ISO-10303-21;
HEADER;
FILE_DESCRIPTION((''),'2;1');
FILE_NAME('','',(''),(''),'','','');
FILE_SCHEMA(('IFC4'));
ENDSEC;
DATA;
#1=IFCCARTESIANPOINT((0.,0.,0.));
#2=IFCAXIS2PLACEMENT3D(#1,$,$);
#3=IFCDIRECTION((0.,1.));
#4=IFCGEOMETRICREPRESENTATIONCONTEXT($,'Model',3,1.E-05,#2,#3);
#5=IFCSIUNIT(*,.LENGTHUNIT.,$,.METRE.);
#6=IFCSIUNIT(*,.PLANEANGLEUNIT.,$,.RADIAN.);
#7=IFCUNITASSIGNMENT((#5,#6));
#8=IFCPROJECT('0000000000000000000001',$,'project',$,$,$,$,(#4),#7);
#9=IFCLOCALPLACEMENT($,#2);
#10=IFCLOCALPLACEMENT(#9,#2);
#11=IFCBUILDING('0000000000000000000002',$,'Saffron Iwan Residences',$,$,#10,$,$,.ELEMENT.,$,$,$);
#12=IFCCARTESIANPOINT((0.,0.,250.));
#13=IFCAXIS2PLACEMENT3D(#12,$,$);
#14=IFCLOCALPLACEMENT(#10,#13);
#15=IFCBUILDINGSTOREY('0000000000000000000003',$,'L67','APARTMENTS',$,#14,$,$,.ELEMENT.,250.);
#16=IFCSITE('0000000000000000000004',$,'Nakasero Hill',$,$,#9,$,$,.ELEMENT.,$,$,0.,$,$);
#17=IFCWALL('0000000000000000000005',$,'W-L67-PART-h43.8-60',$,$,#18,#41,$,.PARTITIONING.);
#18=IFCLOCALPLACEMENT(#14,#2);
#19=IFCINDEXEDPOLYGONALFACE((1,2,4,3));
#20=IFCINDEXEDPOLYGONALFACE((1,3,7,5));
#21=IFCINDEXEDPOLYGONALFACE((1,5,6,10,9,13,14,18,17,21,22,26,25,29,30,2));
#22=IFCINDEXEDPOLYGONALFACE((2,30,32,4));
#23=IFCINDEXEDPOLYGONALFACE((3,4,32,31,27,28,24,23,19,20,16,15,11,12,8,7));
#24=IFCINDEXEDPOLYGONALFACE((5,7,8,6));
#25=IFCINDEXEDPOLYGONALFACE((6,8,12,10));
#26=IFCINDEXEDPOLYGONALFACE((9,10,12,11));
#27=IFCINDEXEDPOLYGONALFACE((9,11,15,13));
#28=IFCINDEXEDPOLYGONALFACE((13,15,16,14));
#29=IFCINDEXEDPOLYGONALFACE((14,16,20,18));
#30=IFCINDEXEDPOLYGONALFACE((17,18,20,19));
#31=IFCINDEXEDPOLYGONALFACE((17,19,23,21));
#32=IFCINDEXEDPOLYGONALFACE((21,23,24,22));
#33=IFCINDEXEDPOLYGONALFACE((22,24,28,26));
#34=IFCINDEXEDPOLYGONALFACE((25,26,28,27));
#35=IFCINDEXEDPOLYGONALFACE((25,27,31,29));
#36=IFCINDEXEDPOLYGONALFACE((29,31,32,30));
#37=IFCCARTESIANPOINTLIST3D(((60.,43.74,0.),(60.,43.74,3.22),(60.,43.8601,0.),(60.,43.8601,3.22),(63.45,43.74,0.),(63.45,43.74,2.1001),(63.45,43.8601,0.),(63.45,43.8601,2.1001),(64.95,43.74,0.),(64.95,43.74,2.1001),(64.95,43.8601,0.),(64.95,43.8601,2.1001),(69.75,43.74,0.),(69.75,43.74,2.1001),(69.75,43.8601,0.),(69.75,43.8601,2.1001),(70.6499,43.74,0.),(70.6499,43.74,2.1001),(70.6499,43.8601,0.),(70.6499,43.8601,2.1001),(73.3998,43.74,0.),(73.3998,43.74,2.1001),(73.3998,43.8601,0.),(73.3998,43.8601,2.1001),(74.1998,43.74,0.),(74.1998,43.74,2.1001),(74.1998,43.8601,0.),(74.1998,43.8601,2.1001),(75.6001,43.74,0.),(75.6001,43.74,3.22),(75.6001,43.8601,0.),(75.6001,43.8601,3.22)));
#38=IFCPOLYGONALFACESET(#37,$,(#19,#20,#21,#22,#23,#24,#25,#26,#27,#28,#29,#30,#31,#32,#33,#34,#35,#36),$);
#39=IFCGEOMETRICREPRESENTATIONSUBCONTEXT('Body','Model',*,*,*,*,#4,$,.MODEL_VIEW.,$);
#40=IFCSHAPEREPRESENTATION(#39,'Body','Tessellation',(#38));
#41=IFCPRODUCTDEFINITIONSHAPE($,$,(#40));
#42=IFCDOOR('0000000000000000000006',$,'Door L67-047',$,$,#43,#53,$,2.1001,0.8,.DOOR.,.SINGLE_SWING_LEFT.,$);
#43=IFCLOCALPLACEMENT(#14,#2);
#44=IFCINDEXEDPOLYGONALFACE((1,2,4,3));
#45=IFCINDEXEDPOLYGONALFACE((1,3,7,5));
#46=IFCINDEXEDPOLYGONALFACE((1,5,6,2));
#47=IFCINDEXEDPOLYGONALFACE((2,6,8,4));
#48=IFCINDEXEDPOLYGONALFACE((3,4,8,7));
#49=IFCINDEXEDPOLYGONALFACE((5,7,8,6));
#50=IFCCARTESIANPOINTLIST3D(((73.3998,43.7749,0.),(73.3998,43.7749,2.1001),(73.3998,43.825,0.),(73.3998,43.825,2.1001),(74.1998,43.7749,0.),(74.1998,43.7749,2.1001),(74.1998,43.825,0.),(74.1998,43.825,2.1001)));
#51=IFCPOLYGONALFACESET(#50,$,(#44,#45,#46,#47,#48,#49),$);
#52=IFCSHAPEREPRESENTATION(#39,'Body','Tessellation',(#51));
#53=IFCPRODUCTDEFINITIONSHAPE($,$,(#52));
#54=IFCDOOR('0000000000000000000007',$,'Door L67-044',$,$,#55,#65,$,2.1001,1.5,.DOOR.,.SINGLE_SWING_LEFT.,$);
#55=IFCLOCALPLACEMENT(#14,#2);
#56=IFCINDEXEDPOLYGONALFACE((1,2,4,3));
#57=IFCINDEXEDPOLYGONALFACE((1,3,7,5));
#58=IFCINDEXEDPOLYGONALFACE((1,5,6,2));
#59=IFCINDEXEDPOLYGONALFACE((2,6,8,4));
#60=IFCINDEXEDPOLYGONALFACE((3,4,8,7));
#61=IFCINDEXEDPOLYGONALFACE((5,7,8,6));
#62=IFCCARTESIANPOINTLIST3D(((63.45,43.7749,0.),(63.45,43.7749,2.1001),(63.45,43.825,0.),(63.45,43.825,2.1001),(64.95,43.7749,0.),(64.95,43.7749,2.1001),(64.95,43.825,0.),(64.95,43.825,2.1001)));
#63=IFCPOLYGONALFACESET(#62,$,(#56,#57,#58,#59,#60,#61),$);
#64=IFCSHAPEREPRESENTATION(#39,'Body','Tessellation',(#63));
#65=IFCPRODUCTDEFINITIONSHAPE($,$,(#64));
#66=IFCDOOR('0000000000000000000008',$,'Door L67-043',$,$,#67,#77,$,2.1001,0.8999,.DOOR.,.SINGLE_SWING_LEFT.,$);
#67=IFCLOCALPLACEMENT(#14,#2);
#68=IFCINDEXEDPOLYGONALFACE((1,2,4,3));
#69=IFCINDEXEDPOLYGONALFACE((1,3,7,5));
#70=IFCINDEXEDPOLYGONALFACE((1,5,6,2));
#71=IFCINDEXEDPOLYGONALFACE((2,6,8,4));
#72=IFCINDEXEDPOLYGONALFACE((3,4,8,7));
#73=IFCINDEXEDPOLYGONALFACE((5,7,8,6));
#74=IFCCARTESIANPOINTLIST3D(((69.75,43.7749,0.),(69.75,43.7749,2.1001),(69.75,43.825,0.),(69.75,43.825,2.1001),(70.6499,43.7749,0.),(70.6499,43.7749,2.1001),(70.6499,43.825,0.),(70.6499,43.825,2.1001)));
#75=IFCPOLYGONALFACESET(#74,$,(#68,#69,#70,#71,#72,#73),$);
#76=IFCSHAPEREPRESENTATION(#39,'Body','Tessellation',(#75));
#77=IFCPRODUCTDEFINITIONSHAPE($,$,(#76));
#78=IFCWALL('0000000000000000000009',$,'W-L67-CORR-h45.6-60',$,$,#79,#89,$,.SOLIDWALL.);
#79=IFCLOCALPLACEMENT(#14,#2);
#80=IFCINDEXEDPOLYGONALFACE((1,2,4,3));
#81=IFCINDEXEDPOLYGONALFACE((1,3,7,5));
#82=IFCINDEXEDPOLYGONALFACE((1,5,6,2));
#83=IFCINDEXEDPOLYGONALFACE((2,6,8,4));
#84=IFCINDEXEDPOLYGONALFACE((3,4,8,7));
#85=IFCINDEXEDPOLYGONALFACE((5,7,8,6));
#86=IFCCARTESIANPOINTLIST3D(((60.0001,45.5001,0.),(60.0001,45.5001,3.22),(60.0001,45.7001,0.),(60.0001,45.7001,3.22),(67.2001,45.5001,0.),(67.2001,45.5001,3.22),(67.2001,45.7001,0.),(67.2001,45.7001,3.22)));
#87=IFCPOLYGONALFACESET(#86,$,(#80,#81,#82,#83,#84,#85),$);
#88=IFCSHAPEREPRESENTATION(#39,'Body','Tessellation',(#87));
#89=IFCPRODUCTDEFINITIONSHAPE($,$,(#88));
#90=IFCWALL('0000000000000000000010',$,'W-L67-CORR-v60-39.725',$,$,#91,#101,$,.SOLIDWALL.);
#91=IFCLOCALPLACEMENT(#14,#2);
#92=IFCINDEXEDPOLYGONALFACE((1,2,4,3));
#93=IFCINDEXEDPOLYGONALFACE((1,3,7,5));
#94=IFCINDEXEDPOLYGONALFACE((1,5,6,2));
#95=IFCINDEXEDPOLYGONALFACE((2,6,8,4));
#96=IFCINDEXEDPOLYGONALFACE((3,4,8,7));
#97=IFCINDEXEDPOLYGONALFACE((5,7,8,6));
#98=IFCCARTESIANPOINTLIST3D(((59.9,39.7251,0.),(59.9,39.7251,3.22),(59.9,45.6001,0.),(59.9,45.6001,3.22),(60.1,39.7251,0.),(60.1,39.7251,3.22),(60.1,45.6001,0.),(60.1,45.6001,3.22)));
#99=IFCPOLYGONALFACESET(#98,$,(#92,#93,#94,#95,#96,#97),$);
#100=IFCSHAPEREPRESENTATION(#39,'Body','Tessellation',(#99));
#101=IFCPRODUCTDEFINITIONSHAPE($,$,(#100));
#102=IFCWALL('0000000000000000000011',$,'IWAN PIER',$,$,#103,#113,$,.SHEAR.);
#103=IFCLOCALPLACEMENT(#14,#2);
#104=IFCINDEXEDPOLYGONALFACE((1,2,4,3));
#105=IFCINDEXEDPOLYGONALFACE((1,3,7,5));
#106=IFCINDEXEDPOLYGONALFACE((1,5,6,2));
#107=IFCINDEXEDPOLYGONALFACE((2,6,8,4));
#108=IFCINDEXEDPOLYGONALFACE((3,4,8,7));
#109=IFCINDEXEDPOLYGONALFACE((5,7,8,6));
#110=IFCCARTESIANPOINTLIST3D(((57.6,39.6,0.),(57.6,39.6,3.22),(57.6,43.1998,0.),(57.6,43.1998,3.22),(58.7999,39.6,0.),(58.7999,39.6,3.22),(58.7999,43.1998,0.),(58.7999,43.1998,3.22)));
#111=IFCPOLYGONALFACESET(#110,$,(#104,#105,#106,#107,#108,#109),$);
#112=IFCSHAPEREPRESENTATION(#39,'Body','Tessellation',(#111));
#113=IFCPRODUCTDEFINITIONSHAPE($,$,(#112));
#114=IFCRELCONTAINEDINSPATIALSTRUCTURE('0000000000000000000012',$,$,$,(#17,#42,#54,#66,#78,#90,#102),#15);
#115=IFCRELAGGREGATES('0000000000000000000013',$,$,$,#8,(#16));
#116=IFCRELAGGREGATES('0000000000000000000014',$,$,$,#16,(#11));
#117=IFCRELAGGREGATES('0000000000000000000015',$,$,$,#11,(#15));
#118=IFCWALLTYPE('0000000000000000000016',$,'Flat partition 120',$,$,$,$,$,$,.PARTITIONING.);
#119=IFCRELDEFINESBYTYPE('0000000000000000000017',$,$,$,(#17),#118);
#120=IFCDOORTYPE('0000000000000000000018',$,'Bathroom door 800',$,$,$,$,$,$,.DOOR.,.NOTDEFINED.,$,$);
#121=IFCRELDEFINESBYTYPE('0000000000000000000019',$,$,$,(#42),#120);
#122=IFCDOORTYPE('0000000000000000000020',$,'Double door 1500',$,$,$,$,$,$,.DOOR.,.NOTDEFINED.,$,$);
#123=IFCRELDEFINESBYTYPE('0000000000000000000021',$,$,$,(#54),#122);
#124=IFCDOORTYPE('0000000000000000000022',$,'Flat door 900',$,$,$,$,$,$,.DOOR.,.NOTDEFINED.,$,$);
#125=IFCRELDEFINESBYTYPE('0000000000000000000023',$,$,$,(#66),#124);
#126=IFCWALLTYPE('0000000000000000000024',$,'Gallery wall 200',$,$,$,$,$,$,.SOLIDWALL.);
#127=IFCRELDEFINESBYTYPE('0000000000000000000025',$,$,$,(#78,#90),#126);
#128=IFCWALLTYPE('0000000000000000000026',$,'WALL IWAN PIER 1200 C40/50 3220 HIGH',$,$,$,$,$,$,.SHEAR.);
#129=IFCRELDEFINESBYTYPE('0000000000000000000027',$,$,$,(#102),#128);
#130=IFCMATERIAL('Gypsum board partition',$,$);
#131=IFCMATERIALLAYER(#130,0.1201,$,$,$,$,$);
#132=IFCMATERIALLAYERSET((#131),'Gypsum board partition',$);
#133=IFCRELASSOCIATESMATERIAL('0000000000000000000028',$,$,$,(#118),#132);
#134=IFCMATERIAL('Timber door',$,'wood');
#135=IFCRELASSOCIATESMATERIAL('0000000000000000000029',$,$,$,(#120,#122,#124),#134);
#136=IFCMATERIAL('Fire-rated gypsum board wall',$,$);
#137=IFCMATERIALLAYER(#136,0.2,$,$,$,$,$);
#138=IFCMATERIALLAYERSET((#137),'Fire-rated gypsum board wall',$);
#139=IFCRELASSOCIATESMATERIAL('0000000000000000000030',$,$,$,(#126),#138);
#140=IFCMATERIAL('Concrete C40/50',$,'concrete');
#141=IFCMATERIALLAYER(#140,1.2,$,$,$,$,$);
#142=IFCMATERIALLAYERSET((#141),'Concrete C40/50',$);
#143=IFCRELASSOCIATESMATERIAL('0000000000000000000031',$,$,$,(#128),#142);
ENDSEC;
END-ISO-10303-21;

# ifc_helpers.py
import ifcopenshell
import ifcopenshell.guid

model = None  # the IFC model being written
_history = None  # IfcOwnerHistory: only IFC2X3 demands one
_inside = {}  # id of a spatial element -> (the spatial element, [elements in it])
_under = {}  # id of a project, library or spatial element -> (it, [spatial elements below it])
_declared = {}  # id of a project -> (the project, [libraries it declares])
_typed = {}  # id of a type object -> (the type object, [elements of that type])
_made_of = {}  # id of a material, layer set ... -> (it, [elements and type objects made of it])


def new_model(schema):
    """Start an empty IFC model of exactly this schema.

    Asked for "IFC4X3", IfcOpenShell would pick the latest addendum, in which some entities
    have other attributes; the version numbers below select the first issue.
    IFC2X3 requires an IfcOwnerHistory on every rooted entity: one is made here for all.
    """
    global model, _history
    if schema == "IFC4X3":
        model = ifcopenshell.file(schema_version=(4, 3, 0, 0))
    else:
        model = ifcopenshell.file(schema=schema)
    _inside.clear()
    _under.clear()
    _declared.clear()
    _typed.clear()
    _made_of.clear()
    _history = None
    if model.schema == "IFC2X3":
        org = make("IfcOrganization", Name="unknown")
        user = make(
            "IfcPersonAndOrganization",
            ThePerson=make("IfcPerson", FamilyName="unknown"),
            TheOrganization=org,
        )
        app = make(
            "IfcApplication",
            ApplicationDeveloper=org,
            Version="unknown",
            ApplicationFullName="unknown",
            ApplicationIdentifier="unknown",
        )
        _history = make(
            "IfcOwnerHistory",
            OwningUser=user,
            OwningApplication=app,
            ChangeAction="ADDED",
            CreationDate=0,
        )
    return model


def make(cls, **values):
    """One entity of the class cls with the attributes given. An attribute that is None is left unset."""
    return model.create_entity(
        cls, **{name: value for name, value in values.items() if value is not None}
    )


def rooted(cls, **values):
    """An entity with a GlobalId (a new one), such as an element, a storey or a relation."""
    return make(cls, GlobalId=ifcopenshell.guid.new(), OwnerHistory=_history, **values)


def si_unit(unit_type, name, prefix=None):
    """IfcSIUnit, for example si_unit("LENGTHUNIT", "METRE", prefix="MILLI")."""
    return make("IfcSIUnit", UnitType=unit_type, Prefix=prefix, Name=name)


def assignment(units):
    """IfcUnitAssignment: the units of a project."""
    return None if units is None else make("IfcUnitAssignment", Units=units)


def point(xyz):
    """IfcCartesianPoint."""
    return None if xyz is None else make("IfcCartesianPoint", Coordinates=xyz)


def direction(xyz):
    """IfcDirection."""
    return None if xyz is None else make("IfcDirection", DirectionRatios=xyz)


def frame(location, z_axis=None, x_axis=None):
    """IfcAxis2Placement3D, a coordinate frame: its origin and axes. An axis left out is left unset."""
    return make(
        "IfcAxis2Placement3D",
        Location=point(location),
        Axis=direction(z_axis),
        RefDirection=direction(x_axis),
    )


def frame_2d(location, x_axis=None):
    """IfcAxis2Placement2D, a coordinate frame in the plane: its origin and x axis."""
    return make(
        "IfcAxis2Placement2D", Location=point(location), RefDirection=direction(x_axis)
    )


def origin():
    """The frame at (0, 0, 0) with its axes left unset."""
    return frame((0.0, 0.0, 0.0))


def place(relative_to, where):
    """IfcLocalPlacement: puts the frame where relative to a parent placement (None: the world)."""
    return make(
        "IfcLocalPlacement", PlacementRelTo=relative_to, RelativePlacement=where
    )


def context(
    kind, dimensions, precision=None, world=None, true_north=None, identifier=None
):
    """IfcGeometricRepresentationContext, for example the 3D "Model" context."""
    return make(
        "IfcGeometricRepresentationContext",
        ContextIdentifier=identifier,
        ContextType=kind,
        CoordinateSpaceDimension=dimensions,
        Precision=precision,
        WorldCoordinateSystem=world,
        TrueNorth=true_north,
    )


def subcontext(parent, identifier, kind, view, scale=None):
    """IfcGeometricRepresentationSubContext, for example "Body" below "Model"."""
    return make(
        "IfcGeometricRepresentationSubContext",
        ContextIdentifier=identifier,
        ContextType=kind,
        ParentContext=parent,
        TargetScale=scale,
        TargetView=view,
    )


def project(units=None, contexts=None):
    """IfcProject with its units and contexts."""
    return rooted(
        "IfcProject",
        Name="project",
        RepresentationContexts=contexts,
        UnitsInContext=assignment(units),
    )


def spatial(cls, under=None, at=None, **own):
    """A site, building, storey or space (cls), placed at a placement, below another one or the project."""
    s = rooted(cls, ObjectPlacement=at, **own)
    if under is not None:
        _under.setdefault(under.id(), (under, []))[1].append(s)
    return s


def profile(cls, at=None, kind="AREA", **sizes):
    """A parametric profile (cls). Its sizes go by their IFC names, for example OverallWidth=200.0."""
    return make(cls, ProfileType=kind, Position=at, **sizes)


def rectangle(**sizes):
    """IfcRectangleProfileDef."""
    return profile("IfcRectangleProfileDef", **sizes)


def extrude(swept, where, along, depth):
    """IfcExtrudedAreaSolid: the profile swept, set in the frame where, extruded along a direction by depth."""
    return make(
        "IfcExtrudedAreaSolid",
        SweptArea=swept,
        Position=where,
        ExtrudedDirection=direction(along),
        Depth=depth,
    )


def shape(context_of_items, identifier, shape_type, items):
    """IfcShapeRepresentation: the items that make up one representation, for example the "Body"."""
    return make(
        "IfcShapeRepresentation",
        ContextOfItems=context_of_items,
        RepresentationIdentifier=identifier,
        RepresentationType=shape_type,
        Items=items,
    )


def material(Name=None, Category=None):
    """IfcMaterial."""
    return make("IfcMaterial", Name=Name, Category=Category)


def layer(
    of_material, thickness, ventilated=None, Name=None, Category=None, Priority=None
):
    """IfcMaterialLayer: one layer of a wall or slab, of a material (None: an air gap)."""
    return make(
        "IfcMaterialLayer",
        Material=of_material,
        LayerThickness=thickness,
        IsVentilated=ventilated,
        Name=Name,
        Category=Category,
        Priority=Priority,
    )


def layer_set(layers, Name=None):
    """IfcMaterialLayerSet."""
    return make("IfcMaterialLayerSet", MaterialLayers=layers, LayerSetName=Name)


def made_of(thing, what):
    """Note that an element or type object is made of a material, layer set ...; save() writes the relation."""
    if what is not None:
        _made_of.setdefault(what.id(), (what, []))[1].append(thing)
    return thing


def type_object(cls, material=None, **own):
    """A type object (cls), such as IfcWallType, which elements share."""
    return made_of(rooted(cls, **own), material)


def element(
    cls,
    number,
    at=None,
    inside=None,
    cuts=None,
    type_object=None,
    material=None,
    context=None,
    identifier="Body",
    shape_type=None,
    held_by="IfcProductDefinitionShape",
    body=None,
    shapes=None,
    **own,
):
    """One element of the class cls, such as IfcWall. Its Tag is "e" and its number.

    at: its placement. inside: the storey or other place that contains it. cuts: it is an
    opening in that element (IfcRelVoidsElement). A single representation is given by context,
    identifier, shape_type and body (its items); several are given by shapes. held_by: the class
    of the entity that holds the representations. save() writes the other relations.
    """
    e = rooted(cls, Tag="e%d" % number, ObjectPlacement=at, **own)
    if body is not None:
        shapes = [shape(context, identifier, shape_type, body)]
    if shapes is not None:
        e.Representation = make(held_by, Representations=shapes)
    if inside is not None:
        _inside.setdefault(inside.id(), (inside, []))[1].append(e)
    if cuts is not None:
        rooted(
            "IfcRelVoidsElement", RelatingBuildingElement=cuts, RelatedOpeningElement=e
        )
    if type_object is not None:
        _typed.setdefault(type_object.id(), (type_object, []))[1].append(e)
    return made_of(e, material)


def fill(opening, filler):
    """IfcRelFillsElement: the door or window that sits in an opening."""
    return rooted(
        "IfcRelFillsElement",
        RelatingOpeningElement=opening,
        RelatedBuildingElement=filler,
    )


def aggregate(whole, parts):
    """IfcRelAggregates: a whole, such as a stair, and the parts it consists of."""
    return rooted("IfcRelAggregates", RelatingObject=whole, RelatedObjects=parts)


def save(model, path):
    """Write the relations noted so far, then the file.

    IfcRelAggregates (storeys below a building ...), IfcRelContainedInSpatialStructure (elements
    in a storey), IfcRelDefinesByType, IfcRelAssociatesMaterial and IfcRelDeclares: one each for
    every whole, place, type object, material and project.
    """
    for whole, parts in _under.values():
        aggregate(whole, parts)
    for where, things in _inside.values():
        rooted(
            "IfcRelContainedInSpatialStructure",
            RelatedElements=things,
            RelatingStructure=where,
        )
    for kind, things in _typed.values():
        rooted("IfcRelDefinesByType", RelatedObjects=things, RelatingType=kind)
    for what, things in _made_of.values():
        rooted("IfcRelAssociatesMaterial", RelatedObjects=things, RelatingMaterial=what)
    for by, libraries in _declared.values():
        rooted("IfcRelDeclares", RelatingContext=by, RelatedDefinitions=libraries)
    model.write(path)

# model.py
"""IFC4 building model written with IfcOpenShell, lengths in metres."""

from ifc_helpers import new_model, si_unit, direction, frame, frame_2d, origin, place, context, subcontext, project, spatial, rectangle, extrude, material, layer, layer_set, type_object, element, fill, save


model = new_model("IFC4")

# Units and contexts
model_context = context("Model", 3, precision=1e-05, world=origin(), true_north=direction((0.0, 1.0)))
body_context = subcontext(model_context, "Body", "Model", "MODEL_VIEW")
ifc_project = project(units=[si_unit("LENGTHUNIT", "METRE"), si_unit("PLANEANGLEUNIT", "RADIAN")], contexts=[model_context])

# Site, building, storey
site_placement = place(None, origin())
site = spatial("IfcSite", under=ifc_project, at=site_placement, Name="Nakasero Hill", CompositionType="ELEMENT", RefElevation=0.0)
building_placement = place(site_placement, origin())
building = spatial("IfcBuilding", under=site, at=building_placement, Name="Saffron Iwan Residences", CompositionType="ELEMENT")
storey_placement = place(building_placement, frame((0.0, 0.0, 250.0)))
storey = spatial("IfcBuildingStorey", under=building, at=storey_placement, Name="L67", Description="APARTMENTS", CompositionType="ELEMENT", Elevation=250.0)

# Shared definitions
ifc_material_1 = material(Name="Concrete C40/50", Category="concrete")

# Wall, openings, doors
ifc_material_2 = material(Name="Gypsum board partition")
ifc_layer_1 = layer(ifc_material_2, 0.1201)
ifc_layer_set_1 = layer_set([ifc_layer_1], Name="Gypsum board partition")
wall_type_1 = type_object("IfcWallType", Name="Flat partition 120", PredefinedType="PARTITIONING", material=ifc_layer_set_1)
wall_1_placement = place(storey_placement, frame((60.0, 43.8, 0.0), z_axis=(0.0, 0.0, 1.0), x_axis=(1.0, 0.0, 0.0)))
wall_1 = element("IfcWall", 1, at=wall_1_placement, inside=storey, type_object=wall_type_1, Name="W-L67-PART-h43.8-60", PredefinedType="PARTITIONING", context=body_context, shape_type="SweptSolid", body=[
    extrude(rectangle(XDim=15.6001, YDim=0.1201, at=frame_2d((7.8, 0.0))), origin(), (0.0, 0.0, 1.0), 3.22),
])
opening_1_placement = place(wall_1_placement, frame((9.75, 0.0, 0.0)))
opening_1 = element("IfcOpeningElement", 2, at=opening_1_placement, cuts=wall_1, PredefinedType="OPENING", context=body_context, shape_type="SweptSolid", body=[
    extrude(rectangle(XDim=0.8999, YDim=2.1001, at=frame_2d((0.45, 1.05))), frame((0.0, 0.0701, 0.0), z_axis=(0.0, -1.0, 0.0), x_axis=(1.0, 0.0, 0.0)), (0.0, 0.0, 1.0), 0.1401),
])
opening_2_placement = place(wall_1_placement, frame((3.45, 0.0, 0.0)))
opening_2 = element("IfcOpeningElement", 3, at=opening_2_placement, cuts=wall_1, PredefinedType="OPENING", context=body_context, shape_type="SweptSolid", body=[
    extrude(rectangle(XDim=1.5, YDim=2.1001, at=frame_2d((0.75, 1.05))), frame((0.0, 0.0701, 0.0), z_axis=(0.0, -1.0, 0.0), x_axis=(1.0, 0.0, 0.0)), (0.0, 0.0, 1.0), 0.1401),
])
opening_3_placement = place(wall_1_placement, frame((13.3999, 0.0, 0.0)))
opening_3 = element("IfcOpeningElement", 4, at=opening_3_placement, cuts=wall_1, PredefinedType="OPENING", context=body_context, shape_type="SweptSolid", body=[
    extrude(rectangle(XDim=0.8, YDim=2.1001, at=frame_2d((0.3999, 1.05))), frame((0.0, 0.0701, 0.0), z_axis=(0.0, -1.0, 0.0), x_axis=(1.0, 0.0, 0.0)), (0.0, 0.0, 1.0), 0.1401),
])
ifc_material_3 = material(Name="Timber door", Category="wood")
door_type_1 = type_object("IfcDoorType", Name="Bathroom door 800", OperationType="NOTDEFINED", PredefinedType="DOOR", material=ifc_material_3)
door_1_placement = place(opening_3_placement, origin())
door_1 = element("IfcDoor", 5, at=door_1_placement, inside=storey, type_object=door_type_1, Name="Door L67-047", OperationType="SINGLE_SWING_LEFT", OverallHeight=2.1001, OverallWidth=0.8, PredefinedType="DOOR", context=body_context, shape_type="SweptSolid", body=[
    extrude(rectangle(XDim=0.8, YDim=2.1001, at=frame_2d((0.3999, 1.05))), frame((0.0, 0.0249, 0.0), z_axis=(0.0, -1.0, 0.0), x_axis=(1.0, 0.0, 0.0)), (0.0, 0.0, 1.0), 0.05),
])
fill(opening_3, door_1)
door_type_2 = type_object("IfcDoorType", Name="Double door 1500", OperationType="NOTDEFINED", PredefinedType="DOOR", material=ifc_material_3)
door_2_placement = place(opening_2_placement, origin())
door_2 = element("IfcDoor", 6, at=door_2_placement, inside=storey, type_object=door_type_2, Name="Door L67-044", OperationType="SINGLE_SWING_LEFT", OverallHeight=2.1001, OverallWidth=1.5, PredefinedType="DOOR", context=body_context, shape_type="SweptSolid", body=[
    extrude(rectangle(XDim=1.5, YDim=2.1001, at=frame_2d((0.75, 1.05))), frame((0.0, 0.0249, 0.0), z_axis=(0.0, -1.0, 0.0), x_axis=(1.0, 0.0, 0.0)), (0.0, 0.0, 1.0), 0.05),
])
fill(opening_2, door_2)
door_type_3 = type_object("IfcDoorType", Name="Flat door 900", OperationType="NOTDEFINED", PredefinedType="DOOR", material=ifc_material_3)
door_3_placement = place(opening_1_placement, origin())
door_3 = element("IfcDoor", 7, at=door_3_placement, inside=storey, type_object=door_type_3, Name="Door L67-043", OperationType="SINGLE_SWING_LEFT", OverallHeight=2.1001, OverallWidth=0.8999, PredefinedType="DOOR", context=body_context, shape_type="SweptSolid", body=[
    extrude(rectangle(XDim=0.8999, YDim=2.1001, at=frame_2d((0.45, 1.05))), frame((0.0, 0.0249, 0.0), z_axis=(0.0, -1.0, 0.0), x_axis=(1.0, 0.0, 0.0)), (0.0, 0.0, 1.0), 0.05),
])
fill(opening_1, door_3)

# Walls
ifc_material_4 = material(Name="Fire-rated gypsum board wall")
ifc_layer_2 = layer(ifc_material_4, 0.2)
ifc_layer_set_2 = layer_set([ifc_layer_2], Name="Fire-rated gypsum board wall")
wall_type_2 = type_object("IfcWallType", Name="Gallery wall 200", PredefinedType="SOLIDWALL", material=ifc_layer_set_2)
wall_2_placement = place(storey_placement, frame((60.0, 45.6001, 0.0), z_axis=(0.0, 0.0, 1.0), x_axis=(1.0, 0.0, 0.0)))
element("IfcWall", 8, at=wall_2_placement, inside=storey, type_object=wall_type_2, Name="W-L67-CORR-h45.6-60", PredefinedType="SOLIDWALL", context=body_context, shape_type="SweptSolid", body=[
    extrude(rectangle(XDim=7.2, YDim=0.2, at=frame_2d((3.6001, 0.0))), origin(), (0.0, 0.0, 1.0), 3.22),
])
wall_3_placement = place(storey_placement, frame((60.0, 39.7251, 0.0), z_axis=(0.0, 0.0, 1.0), x_axis=(0.0, 1.0, 0.0)))
element("IfcWall", 9, at=wall_3_placement, inside=storey, type_object=wall_type_2, Name="W-L67-CORR-v60-39.725", PredefinedType="SOLIDWALL", context=body_context, shape_type="SweptSolid", body=[
    extrude(rectangle(XDim=5.875, YDim=0.2, at=frame_2d((2.9375, 0.0))), origin(), (0.0, 0.0, 1.0), 3.22),
])
ifc_layer_3 = layer(ifc_material_1, 1.2)
ifc_layer_set_3 = layer_set([ifc_layer_3], Name="Concrete C40/50")
wall_type_3 = type_object("IfcWallType", Name="WALL IWAN PIER 1200 C40/50 3220 HIGH", PredefinedType="SHEAR", material=ifc_layer_set_3)
wall_4_placement = place(storey_placement, frame((58.2, 39.6001, 0.0), z_axis=(0.0, 0.0, 1.0), x_axis=(0.0, 1.0, 0.0)))
element("IfcWall", 10, at=wall_4_placement, inside=storey, type_object=wall_type_3, Name="IWAN PIER", PredefinedType="SHEAR", context=body_context, shape_type="SweptSolid", body=[
    extrude(rectangle(XDim=3.5999, YDim=1.2, at=frame_2d((1.7998, 0.0))), origin(), (0.0, 0.0, 1.0), 3.22),
])

save(model, "model.ifc")
